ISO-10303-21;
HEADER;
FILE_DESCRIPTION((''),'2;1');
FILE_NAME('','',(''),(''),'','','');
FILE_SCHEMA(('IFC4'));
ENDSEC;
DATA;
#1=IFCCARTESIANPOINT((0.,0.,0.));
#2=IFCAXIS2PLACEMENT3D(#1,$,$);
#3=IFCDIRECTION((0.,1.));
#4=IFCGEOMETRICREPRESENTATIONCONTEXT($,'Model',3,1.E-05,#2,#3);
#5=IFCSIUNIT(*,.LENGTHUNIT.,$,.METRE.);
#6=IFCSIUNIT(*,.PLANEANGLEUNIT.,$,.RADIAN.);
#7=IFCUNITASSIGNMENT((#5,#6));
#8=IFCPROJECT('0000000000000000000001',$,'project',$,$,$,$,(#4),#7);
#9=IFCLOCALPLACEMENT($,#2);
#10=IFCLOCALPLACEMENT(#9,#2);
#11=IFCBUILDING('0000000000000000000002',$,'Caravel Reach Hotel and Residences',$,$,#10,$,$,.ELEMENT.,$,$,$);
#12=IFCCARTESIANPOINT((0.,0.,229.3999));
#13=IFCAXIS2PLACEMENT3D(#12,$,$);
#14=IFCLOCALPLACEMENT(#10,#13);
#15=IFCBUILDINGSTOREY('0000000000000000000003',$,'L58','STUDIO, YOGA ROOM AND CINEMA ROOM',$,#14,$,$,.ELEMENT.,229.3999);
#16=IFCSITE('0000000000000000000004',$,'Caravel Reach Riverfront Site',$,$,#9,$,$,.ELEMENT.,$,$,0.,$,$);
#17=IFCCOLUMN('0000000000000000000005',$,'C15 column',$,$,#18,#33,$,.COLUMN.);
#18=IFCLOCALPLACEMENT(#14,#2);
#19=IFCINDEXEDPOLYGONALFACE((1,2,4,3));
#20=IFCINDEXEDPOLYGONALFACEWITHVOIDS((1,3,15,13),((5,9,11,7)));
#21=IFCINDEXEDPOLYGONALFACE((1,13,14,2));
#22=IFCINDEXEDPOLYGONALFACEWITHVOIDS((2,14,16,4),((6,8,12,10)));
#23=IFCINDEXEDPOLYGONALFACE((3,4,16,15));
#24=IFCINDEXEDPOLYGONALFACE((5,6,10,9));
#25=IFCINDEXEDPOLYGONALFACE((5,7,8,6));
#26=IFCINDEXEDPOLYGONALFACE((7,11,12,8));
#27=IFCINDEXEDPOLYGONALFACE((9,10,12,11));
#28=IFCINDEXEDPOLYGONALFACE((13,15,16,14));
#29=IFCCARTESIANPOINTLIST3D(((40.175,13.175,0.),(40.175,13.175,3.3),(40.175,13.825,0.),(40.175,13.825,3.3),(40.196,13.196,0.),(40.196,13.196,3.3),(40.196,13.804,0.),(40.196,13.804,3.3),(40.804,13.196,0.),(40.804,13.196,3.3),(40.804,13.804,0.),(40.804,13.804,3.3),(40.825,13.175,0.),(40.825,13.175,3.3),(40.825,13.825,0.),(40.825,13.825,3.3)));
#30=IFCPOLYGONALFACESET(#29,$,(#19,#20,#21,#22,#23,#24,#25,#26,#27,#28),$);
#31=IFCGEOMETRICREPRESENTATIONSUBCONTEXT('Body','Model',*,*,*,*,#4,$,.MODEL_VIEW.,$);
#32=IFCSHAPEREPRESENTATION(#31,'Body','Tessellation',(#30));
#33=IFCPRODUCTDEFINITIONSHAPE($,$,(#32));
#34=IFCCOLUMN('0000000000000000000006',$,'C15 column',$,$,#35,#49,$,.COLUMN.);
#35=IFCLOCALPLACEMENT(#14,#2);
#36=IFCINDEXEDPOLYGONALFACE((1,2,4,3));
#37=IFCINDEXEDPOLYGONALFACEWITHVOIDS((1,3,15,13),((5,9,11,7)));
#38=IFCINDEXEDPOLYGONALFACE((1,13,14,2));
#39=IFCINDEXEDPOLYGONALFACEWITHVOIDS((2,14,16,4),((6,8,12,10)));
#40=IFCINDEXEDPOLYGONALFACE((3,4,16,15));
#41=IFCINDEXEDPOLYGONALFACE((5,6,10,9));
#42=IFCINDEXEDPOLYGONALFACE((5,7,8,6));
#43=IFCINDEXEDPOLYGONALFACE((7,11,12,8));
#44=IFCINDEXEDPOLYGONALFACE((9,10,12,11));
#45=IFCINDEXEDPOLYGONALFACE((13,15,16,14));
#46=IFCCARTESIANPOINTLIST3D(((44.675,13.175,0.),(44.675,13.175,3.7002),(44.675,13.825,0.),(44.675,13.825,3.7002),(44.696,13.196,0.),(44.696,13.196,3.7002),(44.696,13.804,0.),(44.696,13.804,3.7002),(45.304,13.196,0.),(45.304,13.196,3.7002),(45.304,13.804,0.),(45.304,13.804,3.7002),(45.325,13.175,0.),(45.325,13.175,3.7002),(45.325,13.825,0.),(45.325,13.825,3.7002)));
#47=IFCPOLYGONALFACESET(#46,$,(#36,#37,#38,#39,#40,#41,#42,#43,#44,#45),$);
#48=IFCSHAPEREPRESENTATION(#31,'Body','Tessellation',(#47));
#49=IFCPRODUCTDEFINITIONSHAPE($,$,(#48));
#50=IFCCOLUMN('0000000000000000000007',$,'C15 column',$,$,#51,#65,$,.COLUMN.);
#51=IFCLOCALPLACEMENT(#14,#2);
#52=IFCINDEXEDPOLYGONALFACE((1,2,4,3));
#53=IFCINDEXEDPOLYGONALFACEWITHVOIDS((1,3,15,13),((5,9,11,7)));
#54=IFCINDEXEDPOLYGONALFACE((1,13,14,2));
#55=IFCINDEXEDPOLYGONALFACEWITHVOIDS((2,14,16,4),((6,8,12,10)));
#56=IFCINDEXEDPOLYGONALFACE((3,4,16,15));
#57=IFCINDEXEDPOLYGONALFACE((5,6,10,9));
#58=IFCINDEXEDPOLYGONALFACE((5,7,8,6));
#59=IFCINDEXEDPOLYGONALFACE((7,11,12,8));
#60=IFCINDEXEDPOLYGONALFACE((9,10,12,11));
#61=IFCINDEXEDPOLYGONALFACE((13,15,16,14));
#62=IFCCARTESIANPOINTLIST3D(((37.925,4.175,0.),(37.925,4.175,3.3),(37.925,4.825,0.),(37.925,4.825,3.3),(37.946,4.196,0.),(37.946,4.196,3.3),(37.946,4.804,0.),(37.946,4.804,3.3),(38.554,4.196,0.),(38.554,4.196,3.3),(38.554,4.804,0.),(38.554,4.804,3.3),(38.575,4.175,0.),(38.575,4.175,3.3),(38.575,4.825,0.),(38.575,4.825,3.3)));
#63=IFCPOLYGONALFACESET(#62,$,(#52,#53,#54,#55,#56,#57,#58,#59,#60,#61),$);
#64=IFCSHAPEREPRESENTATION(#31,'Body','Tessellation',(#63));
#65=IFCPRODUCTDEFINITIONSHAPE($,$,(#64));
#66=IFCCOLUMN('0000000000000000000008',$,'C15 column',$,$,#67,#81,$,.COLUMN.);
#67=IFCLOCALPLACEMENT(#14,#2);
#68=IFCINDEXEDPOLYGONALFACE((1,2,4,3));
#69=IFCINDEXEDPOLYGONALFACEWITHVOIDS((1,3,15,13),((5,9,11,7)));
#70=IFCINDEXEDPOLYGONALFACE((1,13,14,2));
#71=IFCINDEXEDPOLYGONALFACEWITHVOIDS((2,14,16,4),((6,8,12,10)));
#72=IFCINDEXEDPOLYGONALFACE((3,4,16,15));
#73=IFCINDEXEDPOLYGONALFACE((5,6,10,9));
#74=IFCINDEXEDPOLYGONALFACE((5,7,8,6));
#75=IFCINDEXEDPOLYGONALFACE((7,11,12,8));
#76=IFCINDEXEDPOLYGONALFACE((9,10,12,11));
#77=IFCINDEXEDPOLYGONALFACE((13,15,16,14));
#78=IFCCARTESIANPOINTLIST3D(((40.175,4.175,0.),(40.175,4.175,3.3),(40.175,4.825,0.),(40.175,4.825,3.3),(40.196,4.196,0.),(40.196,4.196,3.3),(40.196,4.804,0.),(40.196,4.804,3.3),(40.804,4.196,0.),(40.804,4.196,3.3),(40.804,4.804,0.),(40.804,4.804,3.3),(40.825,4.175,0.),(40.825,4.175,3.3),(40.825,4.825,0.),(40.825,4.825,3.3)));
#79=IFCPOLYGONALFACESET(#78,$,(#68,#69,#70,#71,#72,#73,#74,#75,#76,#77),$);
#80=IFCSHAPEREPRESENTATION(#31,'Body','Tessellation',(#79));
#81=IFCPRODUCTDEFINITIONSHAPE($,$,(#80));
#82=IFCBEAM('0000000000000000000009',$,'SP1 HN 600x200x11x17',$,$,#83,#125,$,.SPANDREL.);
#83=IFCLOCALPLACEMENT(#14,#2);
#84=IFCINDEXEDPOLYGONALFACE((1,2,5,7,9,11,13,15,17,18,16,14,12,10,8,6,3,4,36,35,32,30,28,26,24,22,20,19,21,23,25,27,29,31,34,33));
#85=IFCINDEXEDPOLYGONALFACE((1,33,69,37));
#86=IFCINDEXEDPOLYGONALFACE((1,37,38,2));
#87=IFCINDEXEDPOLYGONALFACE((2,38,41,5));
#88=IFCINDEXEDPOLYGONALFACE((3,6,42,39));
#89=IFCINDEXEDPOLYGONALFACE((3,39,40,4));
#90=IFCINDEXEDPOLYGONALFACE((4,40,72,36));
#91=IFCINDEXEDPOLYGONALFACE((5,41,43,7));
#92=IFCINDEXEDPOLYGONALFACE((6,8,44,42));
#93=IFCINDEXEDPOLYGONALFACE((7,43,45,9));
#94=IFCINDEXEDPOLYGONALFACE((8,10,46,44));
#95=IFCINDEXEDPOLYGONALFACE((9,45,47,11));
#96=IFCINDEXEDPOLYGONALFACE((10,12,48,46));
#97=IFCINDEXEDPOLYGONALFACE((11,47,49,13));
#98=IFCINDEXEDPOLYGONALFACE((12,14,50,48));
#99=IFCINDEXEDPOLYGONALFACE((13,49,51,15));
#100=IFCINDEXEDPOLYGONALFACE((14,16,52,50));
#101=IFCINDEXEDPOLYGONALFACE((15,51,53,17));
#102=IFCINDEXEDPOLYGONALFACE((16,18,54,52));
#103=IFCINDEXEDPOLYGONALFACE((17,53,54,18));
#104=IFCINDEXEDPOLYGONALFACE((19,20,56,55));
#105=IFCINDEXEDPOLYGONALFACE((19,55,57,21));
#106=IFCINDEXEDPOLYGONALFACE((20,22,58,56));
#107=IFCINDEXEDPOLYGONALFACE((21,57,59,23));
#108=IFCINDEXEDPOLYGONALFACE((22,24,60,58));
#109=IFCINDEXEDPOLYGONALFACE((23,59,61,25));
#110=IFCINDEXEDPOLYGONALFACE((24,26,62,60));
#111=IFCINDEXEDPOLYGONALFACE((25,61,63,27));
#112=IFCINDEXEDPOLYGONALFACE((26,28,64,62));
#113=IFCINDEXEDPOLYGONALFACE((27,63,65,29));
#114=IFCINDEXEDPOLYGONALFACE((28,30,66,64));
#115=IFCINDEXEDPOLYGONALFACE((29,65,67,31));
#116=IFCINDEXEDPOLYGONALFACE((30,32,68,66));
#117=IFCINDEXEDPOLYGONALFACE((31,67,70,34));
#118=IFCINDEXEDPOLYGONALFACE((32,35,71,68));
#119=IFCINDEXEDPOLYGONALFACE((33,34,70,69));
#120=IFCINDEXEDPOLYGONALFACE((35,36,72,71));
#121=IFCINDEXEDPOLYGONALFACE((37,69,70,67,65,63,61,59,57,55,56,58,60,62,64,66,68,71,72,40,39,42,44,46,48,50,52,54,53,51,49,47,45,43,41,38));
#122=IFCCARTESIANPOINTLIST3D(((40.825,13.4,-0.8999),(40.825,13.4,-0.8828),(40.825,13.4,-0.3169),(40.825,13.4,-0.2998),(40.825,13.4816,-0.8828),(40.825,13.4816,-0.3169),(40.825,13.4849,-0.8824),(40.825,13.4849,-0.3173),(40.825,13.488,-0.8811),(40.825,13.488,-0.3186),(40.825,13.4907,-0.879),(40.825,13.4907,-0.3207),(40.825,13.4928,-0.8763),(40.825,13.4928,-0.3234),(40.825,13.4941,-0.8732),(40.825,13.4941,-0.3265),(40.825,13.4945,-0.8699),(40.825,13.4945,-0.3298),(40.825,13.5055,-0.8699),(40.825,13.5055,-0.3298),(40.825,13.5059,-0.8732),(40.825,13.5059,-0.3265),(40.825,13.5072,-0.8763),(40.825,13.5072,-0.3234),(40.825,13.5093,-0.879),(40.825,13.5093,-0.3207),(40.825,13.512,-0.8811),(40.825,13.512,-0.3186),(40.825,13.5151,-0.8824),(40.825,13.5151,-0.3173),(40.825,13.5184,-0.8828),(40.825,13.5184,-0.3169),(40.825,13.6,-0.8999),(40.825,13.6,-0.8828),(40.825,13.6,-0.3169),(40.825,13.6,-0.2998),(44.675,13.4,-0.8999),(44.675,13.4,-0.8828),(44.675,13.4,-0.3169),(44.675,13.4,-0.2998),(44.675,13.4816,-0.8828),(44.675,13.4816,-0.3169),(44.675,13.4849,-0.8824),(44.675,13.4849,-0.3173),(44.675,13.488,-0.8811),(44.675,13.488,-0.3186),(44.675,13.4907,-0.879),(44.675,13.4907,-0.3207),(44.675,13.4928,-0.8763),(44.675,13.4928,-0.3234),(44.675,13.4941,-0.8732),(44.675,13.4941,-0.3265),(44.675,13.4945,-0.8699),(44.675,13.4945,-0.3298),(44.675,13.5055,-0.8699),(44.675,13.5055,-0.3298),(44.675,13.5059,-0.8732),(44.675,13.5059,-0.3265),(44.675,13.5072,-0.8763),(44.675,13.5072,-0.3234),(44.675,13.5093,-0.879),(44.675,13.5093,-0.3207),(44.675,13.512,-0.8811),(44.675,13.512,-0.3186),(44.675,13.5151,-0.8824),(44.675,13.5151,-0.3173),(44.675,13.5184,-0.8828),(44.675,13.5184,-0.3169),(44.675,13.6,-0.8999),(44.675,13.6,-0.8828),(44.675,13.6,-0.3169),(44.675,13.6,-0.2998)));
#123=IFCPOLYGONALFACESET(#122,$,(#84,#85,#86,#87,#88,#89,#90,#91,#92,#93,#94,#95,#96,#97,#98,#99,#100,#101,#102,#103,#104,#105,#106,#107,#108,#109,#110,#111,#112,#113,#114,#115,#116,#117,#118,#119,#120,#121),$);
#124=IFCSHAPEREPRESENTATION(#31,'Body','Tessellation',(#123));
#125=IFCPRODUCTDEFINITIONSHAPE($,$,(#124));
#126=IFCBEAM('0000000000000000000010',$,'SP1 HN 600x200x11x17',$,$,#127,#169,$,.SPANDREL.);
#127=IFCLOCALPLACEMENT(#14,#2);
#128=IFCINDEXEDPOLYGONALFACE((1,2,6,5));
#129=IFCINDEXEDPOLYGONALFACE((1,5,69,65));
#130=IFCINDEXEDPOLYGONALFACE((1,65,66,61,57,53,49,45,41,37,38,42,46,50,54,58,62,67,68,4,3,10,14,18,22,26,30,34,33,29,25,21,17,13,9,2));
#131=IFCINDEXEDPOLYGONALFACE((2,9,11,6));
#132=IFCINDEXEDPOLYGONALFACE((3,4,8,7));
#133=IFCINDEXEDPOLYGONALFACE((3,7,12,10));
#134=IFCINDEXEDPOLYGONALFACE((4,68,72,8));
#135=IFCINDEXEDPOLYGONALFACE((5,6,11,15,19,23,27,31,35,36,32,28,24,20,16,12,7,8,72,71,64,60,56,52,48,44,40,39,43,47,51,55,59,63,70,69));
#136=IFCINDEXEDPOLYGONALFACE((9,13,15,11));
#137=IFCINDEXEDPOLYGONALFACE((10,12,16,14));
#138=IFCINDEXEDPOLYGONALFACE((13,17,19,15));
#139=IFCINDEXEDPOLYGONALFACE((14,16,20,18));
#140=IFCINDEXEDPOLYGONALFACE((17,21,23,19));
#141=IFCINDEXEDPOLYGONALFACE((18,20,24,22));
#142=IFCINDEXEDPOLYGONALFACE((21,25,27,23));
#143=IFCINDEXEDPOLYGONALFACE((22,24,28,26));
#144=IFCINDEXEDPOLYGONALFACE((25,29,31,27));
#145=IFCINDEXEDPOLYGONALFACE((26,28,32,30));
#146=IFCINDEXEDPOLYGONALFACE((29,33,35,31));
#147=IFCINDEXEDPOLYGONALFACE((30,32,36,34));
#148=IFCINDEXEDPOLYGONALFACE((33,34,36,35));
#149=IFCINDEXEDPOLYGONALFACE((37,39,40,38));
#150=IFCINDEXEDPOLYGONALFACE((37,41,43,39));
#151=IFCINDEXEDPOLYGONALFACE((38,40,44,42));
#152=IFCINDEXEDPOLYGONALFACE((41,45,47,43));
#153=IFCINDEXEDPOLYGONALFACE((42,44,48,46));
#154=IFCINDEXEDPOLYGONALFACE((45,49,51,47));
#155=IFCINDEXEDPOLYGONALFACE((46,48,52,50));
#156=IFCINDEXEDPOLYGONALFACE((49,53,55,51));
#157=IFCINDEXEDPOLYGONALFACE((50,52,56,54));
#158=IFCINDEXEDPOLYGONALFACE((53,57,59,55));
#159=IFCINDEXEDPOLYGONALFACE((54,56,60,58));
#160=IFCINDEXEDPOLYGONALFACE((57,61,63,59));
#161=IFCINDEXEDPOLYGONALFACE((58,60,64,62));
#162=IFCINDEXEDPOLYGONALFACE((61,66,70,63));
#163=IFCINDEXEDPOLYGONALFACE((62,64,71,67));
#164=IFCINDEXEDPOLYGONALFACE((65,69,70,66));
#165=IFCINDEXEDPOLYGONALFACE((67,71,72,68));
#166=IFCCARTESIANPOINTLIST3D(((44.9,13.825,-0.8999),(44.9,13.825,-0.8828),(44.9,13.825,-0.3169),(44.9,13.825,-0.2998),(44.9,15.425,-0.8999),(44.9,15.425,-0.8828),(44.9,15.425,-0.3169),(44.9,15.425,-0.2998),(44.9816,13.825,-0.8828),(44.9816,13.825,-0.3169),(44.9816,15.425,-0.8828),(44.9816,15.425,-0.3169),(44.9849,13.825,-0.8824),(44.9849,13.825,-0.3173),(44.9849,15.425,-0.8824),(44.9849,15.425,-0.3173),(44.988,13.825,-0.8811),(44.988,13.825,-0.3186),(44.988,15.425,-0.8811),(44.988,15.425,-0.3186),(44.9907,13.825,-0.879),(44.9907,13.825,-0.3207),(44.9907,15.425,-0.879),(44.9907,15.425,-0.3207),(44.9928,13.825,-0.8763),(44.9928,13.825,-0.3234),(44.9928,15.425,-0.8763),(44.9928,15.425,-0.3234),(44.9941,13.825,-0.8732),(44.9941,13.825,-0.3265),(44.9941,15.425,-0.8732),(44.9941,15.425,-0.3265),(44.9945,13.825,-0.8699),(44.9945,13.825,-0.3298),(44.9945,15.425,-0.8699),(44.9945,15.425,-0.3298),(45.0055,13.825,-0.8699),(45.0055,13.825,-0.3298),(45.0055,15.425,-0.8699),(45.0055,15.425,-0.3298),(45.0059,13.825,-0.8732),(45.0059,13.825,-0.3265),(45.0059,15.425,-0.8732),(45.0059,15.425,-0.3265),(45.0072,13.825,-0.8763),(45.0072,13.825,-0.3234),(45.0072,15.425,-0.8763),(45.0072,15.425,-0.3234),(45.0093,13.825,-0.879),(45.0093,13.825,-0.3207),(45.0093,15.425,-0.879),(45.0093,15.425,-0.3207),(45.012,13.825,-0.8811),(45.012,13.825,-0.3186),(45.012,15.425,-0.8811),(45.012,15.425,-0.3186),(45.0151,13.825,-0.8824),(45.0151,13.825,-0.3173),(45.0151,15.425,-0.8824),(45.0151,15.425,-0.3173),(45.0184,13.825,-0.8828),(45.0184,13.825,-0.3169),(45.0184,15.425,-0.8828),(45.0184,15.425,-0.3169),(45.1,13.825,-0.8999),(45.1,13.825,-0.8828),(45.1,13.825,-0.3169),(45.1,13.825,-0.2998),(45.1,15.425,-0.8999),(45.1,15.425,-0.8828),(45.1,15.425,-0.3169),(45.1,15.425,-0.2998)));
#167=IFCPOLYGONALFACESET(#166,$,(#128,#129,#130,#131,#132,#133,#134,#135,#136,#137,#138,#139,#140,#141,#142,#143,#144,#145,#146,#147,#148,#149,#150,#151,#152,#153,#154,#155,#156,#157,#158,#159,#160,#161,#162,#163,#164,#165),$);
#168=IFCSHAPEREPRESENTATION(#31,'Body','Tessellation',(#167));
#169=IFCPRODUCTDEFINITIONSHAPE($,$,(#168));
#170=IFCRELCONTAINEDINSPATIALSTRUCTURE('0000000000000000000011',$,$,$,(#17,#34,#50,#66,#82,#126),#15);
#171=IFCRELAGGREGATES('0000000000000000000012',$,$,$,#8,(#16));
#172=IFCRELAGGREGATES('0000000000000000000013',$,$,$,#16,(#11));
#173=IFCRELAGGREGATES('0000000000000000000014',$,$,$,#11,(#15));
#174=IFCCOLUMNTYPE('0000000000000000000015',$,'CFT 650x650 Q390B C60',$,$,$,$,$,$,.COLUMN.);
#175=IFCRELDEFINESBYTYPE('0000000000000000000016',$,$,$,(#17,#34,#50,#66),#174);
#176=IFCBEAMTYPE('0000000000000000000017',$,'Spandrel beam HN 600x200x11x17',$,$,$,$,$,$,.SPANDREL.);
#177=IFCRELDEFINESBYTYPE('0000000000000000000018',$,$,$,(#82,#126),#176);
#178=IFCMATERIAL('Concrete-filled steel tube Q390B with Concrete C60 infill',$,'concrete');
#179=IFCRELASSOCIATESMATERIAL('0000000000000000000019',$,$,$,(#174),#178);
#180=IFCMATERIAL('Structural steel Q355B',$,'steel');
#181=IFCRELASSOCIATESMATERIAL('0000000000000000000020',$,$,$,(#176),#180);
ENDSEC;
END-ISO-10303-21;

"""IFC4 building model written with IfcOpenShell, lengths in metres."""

from ifc_helpers import new_model, si_unit, direction, frame, origin, origin_2d, place, context, subcontext, project, spatial, hollow_rectangle, i_section, extrude, material, material_profile, profile_set, type_object, element, save


model = new_model("IFC4")

# Units and contexts
model_context = context("Model", 3, precision=1e-05, world=origin(), true_north=direction((0.0, 1.0)))
body_context = subcontext(model_context, "Body", "Model", "MODEL_VIEW")
ifc_project = project(units=[si_unit("LENGTHUNIT", "METRE"), si_unit("PLANEANGLEUNIT", "RADIAN")], contexts=[model_context])

# Site, building, storey
site_placement = place(None, origin())
site = spatial("IfcSite", under=ifc_project, at=site_placement, Name="Caravel Reach Riverfront Site", CompositionType="ELEMENT", RefElevation=0.0)
building_placement = place(site_placement, origin())
building = spatial("IfcBuilding", under=site, at=building_placement, Name="Caravel Reach Hotel and Residences", CompositionType="ELEMENT")
storey_placement = place(building_placement, frame((0.0, 0.0, 229.3999)))
storey = spatial("IfcBuildingStorey", under=building, at=storey_placement, Name="L58", Description="STUDIO, YOGA ROOM AND CINEMA ROOM", CompositionType="ELEMENT", Elevation=229.3999)

# Columns
ifc_material_1 = material(Name="Concrete-filled steel tube Q390B with Concrete C60 infill", Category="concrete")
ifc_material_profile_1 = material_profile(ifc_material_1, hollow_rectangle(XDim=0.6499, YDim=0.6499, WallThickness=0.021, at=origin_2d()), Name="RHS 650x650x21")
ifc_profile_set_1 = profile_set([ifc_material_profile_1], Name="Concrete-filled steel tube Q390B with Concrete C60 infill")
column_type = type_object("IfcColumnType", Name="CFT 650x650 Q390B C60", PredefinedType="COLUMN", material=ifc_profile_set_1)
column_1_placement = place(storey_placement, frame((40.5, 13.5, 0.0), z_axis=(0.0, 0.0, 1.0), x_axis=(1.0, 0.0, 0.0)))
element("IfcColumn", 1, at=column_1_placement, inside=storey, type_object=column_type, Name="C15 column", PredefinedType="COLUMN", context=body_context, shape_type="SweptSolid", body=[
    extrude(hollow_rectangle(XDim=0.6499, YDim=0.6499, WallThickness=0.021, at=origin_2d()), origin(), (0.0, 0.0, 1.0), 3.3),
])
column_2_placement = place(storey_placement, frame((45.0, 13.5, 0.0), z_axis=(0.0, 0.0, 1.0), x_axis=(1.0, 0.0, 0.0)))
element("IfcColumn", 2, at=column_2_placement, inside=storey, type_object=column_type, Name="C15 column", PredefinedType="COLUMN", context=body_context, shape_type="SweptSolid", body=[
    extrude(hollow_rectangle(XDim=0.6499, YDim=0.6499, WallThickness=0.021, at=origin_2d()), origin(), (0.0, 0.0, 1.0), 3.7002),
])
for number, where, z_axis, x_axis, name in (
    (3, (38.25, 4.5, 0.0), (0.0, 0.0, 1.0), (1.0, 0.0, 0.0), "C15 column"),
    (4, (40.5, 4.5, 0.0), (0.0, 0.0, 1.0), (1.0, 0.0, 0.0), "C15 column"),
):
    element("IfcColumn", number, at=place(storey_placement, frame(where, z_axis=z_axis, x_axis=x_axis)), inside=storey, type_object=column_type, Name=name, PredefinedType="COLUMN", context=body_context, shape_type="SweptSolid", body=[
        extrude(hollow_rectangle(XDim=0.6499, YDim=0.6499, WallThickness=0.021, at=origin_2d()), origin(), (0.0, 0.0, 1.0), 3.3),
    ])

# Beams
ifc_material_2 = material(Name="Structural steel Q355B", Category="steel")
ifc_material_profile_2 = material_profile(ifc_material_2, i_section(OverallWidth=0.2, OverallDepth=0.6001, WebThickness=0.011, FlangeThickness=0.0171, FilletRadius=0.0129, at=origin_2d()), Name="HN 600x200x11x17")
ifc_profile_set_2 = profile_set([ifc_material_profile_2], Name="Structural steel Q355B")
beam_type = type_object("IfcBeamType", Name="Spandrel beam HN 600x200x11x17", PredefinedType="SPANDREL", material=ifc_profile_set_2)
beam_1_placement = place(storey_placement, frame((40.825, 13.5, -0.5999), z_axis=(1.0, 0.0, 0.0), x_axis=(0.0, 1.0, 0.0)))
element("IfcBeam", 5, at=beam_1_placement, inside=storey, type_object=beam_type, Name="SP1 HN 600x200x11x17", PredefinedType="SPANDREL", context=body_context, shape_type="SweptSolid", body=[
    extrude(i_section(OverallWidth=0.2, OverallDepth=0.6001, WebThickness=0.011, FlangeThickness=0.0171, FilletRadius=0.0129, at=origin_2d()), origin(), (0.0, 0.0, 1.0), 3.8501),
])
for number, where, z_axis, x_axis, name in (
    (6, (45.0, 13.825, -0.5999), (0.0, 1.0, 0.0), (-1.0, 0.0, 0.0), "SP1 HN 600x200x11x17"),
):
    element("IfcBeam", number, at=place(storey_placement, frame(where, z_axis=z_axis, x_axis=x_axis)), inside=storey, type_object=beam_type, Name=name, PredefinedType="SPANDREL", context=body_context, shape_type="SweptSolid", body=[
        extrude(i_section(OverallWidth=0.2, OverallDepth=0.6001, WebThickness=0.011, FlangeThickness=0.0171, FilletRadius=0.0129, at=origin_2d()), origin(), (0.0, 0.0, 1.0), 1.6001),
    ])

save(model, "model.ifc")
